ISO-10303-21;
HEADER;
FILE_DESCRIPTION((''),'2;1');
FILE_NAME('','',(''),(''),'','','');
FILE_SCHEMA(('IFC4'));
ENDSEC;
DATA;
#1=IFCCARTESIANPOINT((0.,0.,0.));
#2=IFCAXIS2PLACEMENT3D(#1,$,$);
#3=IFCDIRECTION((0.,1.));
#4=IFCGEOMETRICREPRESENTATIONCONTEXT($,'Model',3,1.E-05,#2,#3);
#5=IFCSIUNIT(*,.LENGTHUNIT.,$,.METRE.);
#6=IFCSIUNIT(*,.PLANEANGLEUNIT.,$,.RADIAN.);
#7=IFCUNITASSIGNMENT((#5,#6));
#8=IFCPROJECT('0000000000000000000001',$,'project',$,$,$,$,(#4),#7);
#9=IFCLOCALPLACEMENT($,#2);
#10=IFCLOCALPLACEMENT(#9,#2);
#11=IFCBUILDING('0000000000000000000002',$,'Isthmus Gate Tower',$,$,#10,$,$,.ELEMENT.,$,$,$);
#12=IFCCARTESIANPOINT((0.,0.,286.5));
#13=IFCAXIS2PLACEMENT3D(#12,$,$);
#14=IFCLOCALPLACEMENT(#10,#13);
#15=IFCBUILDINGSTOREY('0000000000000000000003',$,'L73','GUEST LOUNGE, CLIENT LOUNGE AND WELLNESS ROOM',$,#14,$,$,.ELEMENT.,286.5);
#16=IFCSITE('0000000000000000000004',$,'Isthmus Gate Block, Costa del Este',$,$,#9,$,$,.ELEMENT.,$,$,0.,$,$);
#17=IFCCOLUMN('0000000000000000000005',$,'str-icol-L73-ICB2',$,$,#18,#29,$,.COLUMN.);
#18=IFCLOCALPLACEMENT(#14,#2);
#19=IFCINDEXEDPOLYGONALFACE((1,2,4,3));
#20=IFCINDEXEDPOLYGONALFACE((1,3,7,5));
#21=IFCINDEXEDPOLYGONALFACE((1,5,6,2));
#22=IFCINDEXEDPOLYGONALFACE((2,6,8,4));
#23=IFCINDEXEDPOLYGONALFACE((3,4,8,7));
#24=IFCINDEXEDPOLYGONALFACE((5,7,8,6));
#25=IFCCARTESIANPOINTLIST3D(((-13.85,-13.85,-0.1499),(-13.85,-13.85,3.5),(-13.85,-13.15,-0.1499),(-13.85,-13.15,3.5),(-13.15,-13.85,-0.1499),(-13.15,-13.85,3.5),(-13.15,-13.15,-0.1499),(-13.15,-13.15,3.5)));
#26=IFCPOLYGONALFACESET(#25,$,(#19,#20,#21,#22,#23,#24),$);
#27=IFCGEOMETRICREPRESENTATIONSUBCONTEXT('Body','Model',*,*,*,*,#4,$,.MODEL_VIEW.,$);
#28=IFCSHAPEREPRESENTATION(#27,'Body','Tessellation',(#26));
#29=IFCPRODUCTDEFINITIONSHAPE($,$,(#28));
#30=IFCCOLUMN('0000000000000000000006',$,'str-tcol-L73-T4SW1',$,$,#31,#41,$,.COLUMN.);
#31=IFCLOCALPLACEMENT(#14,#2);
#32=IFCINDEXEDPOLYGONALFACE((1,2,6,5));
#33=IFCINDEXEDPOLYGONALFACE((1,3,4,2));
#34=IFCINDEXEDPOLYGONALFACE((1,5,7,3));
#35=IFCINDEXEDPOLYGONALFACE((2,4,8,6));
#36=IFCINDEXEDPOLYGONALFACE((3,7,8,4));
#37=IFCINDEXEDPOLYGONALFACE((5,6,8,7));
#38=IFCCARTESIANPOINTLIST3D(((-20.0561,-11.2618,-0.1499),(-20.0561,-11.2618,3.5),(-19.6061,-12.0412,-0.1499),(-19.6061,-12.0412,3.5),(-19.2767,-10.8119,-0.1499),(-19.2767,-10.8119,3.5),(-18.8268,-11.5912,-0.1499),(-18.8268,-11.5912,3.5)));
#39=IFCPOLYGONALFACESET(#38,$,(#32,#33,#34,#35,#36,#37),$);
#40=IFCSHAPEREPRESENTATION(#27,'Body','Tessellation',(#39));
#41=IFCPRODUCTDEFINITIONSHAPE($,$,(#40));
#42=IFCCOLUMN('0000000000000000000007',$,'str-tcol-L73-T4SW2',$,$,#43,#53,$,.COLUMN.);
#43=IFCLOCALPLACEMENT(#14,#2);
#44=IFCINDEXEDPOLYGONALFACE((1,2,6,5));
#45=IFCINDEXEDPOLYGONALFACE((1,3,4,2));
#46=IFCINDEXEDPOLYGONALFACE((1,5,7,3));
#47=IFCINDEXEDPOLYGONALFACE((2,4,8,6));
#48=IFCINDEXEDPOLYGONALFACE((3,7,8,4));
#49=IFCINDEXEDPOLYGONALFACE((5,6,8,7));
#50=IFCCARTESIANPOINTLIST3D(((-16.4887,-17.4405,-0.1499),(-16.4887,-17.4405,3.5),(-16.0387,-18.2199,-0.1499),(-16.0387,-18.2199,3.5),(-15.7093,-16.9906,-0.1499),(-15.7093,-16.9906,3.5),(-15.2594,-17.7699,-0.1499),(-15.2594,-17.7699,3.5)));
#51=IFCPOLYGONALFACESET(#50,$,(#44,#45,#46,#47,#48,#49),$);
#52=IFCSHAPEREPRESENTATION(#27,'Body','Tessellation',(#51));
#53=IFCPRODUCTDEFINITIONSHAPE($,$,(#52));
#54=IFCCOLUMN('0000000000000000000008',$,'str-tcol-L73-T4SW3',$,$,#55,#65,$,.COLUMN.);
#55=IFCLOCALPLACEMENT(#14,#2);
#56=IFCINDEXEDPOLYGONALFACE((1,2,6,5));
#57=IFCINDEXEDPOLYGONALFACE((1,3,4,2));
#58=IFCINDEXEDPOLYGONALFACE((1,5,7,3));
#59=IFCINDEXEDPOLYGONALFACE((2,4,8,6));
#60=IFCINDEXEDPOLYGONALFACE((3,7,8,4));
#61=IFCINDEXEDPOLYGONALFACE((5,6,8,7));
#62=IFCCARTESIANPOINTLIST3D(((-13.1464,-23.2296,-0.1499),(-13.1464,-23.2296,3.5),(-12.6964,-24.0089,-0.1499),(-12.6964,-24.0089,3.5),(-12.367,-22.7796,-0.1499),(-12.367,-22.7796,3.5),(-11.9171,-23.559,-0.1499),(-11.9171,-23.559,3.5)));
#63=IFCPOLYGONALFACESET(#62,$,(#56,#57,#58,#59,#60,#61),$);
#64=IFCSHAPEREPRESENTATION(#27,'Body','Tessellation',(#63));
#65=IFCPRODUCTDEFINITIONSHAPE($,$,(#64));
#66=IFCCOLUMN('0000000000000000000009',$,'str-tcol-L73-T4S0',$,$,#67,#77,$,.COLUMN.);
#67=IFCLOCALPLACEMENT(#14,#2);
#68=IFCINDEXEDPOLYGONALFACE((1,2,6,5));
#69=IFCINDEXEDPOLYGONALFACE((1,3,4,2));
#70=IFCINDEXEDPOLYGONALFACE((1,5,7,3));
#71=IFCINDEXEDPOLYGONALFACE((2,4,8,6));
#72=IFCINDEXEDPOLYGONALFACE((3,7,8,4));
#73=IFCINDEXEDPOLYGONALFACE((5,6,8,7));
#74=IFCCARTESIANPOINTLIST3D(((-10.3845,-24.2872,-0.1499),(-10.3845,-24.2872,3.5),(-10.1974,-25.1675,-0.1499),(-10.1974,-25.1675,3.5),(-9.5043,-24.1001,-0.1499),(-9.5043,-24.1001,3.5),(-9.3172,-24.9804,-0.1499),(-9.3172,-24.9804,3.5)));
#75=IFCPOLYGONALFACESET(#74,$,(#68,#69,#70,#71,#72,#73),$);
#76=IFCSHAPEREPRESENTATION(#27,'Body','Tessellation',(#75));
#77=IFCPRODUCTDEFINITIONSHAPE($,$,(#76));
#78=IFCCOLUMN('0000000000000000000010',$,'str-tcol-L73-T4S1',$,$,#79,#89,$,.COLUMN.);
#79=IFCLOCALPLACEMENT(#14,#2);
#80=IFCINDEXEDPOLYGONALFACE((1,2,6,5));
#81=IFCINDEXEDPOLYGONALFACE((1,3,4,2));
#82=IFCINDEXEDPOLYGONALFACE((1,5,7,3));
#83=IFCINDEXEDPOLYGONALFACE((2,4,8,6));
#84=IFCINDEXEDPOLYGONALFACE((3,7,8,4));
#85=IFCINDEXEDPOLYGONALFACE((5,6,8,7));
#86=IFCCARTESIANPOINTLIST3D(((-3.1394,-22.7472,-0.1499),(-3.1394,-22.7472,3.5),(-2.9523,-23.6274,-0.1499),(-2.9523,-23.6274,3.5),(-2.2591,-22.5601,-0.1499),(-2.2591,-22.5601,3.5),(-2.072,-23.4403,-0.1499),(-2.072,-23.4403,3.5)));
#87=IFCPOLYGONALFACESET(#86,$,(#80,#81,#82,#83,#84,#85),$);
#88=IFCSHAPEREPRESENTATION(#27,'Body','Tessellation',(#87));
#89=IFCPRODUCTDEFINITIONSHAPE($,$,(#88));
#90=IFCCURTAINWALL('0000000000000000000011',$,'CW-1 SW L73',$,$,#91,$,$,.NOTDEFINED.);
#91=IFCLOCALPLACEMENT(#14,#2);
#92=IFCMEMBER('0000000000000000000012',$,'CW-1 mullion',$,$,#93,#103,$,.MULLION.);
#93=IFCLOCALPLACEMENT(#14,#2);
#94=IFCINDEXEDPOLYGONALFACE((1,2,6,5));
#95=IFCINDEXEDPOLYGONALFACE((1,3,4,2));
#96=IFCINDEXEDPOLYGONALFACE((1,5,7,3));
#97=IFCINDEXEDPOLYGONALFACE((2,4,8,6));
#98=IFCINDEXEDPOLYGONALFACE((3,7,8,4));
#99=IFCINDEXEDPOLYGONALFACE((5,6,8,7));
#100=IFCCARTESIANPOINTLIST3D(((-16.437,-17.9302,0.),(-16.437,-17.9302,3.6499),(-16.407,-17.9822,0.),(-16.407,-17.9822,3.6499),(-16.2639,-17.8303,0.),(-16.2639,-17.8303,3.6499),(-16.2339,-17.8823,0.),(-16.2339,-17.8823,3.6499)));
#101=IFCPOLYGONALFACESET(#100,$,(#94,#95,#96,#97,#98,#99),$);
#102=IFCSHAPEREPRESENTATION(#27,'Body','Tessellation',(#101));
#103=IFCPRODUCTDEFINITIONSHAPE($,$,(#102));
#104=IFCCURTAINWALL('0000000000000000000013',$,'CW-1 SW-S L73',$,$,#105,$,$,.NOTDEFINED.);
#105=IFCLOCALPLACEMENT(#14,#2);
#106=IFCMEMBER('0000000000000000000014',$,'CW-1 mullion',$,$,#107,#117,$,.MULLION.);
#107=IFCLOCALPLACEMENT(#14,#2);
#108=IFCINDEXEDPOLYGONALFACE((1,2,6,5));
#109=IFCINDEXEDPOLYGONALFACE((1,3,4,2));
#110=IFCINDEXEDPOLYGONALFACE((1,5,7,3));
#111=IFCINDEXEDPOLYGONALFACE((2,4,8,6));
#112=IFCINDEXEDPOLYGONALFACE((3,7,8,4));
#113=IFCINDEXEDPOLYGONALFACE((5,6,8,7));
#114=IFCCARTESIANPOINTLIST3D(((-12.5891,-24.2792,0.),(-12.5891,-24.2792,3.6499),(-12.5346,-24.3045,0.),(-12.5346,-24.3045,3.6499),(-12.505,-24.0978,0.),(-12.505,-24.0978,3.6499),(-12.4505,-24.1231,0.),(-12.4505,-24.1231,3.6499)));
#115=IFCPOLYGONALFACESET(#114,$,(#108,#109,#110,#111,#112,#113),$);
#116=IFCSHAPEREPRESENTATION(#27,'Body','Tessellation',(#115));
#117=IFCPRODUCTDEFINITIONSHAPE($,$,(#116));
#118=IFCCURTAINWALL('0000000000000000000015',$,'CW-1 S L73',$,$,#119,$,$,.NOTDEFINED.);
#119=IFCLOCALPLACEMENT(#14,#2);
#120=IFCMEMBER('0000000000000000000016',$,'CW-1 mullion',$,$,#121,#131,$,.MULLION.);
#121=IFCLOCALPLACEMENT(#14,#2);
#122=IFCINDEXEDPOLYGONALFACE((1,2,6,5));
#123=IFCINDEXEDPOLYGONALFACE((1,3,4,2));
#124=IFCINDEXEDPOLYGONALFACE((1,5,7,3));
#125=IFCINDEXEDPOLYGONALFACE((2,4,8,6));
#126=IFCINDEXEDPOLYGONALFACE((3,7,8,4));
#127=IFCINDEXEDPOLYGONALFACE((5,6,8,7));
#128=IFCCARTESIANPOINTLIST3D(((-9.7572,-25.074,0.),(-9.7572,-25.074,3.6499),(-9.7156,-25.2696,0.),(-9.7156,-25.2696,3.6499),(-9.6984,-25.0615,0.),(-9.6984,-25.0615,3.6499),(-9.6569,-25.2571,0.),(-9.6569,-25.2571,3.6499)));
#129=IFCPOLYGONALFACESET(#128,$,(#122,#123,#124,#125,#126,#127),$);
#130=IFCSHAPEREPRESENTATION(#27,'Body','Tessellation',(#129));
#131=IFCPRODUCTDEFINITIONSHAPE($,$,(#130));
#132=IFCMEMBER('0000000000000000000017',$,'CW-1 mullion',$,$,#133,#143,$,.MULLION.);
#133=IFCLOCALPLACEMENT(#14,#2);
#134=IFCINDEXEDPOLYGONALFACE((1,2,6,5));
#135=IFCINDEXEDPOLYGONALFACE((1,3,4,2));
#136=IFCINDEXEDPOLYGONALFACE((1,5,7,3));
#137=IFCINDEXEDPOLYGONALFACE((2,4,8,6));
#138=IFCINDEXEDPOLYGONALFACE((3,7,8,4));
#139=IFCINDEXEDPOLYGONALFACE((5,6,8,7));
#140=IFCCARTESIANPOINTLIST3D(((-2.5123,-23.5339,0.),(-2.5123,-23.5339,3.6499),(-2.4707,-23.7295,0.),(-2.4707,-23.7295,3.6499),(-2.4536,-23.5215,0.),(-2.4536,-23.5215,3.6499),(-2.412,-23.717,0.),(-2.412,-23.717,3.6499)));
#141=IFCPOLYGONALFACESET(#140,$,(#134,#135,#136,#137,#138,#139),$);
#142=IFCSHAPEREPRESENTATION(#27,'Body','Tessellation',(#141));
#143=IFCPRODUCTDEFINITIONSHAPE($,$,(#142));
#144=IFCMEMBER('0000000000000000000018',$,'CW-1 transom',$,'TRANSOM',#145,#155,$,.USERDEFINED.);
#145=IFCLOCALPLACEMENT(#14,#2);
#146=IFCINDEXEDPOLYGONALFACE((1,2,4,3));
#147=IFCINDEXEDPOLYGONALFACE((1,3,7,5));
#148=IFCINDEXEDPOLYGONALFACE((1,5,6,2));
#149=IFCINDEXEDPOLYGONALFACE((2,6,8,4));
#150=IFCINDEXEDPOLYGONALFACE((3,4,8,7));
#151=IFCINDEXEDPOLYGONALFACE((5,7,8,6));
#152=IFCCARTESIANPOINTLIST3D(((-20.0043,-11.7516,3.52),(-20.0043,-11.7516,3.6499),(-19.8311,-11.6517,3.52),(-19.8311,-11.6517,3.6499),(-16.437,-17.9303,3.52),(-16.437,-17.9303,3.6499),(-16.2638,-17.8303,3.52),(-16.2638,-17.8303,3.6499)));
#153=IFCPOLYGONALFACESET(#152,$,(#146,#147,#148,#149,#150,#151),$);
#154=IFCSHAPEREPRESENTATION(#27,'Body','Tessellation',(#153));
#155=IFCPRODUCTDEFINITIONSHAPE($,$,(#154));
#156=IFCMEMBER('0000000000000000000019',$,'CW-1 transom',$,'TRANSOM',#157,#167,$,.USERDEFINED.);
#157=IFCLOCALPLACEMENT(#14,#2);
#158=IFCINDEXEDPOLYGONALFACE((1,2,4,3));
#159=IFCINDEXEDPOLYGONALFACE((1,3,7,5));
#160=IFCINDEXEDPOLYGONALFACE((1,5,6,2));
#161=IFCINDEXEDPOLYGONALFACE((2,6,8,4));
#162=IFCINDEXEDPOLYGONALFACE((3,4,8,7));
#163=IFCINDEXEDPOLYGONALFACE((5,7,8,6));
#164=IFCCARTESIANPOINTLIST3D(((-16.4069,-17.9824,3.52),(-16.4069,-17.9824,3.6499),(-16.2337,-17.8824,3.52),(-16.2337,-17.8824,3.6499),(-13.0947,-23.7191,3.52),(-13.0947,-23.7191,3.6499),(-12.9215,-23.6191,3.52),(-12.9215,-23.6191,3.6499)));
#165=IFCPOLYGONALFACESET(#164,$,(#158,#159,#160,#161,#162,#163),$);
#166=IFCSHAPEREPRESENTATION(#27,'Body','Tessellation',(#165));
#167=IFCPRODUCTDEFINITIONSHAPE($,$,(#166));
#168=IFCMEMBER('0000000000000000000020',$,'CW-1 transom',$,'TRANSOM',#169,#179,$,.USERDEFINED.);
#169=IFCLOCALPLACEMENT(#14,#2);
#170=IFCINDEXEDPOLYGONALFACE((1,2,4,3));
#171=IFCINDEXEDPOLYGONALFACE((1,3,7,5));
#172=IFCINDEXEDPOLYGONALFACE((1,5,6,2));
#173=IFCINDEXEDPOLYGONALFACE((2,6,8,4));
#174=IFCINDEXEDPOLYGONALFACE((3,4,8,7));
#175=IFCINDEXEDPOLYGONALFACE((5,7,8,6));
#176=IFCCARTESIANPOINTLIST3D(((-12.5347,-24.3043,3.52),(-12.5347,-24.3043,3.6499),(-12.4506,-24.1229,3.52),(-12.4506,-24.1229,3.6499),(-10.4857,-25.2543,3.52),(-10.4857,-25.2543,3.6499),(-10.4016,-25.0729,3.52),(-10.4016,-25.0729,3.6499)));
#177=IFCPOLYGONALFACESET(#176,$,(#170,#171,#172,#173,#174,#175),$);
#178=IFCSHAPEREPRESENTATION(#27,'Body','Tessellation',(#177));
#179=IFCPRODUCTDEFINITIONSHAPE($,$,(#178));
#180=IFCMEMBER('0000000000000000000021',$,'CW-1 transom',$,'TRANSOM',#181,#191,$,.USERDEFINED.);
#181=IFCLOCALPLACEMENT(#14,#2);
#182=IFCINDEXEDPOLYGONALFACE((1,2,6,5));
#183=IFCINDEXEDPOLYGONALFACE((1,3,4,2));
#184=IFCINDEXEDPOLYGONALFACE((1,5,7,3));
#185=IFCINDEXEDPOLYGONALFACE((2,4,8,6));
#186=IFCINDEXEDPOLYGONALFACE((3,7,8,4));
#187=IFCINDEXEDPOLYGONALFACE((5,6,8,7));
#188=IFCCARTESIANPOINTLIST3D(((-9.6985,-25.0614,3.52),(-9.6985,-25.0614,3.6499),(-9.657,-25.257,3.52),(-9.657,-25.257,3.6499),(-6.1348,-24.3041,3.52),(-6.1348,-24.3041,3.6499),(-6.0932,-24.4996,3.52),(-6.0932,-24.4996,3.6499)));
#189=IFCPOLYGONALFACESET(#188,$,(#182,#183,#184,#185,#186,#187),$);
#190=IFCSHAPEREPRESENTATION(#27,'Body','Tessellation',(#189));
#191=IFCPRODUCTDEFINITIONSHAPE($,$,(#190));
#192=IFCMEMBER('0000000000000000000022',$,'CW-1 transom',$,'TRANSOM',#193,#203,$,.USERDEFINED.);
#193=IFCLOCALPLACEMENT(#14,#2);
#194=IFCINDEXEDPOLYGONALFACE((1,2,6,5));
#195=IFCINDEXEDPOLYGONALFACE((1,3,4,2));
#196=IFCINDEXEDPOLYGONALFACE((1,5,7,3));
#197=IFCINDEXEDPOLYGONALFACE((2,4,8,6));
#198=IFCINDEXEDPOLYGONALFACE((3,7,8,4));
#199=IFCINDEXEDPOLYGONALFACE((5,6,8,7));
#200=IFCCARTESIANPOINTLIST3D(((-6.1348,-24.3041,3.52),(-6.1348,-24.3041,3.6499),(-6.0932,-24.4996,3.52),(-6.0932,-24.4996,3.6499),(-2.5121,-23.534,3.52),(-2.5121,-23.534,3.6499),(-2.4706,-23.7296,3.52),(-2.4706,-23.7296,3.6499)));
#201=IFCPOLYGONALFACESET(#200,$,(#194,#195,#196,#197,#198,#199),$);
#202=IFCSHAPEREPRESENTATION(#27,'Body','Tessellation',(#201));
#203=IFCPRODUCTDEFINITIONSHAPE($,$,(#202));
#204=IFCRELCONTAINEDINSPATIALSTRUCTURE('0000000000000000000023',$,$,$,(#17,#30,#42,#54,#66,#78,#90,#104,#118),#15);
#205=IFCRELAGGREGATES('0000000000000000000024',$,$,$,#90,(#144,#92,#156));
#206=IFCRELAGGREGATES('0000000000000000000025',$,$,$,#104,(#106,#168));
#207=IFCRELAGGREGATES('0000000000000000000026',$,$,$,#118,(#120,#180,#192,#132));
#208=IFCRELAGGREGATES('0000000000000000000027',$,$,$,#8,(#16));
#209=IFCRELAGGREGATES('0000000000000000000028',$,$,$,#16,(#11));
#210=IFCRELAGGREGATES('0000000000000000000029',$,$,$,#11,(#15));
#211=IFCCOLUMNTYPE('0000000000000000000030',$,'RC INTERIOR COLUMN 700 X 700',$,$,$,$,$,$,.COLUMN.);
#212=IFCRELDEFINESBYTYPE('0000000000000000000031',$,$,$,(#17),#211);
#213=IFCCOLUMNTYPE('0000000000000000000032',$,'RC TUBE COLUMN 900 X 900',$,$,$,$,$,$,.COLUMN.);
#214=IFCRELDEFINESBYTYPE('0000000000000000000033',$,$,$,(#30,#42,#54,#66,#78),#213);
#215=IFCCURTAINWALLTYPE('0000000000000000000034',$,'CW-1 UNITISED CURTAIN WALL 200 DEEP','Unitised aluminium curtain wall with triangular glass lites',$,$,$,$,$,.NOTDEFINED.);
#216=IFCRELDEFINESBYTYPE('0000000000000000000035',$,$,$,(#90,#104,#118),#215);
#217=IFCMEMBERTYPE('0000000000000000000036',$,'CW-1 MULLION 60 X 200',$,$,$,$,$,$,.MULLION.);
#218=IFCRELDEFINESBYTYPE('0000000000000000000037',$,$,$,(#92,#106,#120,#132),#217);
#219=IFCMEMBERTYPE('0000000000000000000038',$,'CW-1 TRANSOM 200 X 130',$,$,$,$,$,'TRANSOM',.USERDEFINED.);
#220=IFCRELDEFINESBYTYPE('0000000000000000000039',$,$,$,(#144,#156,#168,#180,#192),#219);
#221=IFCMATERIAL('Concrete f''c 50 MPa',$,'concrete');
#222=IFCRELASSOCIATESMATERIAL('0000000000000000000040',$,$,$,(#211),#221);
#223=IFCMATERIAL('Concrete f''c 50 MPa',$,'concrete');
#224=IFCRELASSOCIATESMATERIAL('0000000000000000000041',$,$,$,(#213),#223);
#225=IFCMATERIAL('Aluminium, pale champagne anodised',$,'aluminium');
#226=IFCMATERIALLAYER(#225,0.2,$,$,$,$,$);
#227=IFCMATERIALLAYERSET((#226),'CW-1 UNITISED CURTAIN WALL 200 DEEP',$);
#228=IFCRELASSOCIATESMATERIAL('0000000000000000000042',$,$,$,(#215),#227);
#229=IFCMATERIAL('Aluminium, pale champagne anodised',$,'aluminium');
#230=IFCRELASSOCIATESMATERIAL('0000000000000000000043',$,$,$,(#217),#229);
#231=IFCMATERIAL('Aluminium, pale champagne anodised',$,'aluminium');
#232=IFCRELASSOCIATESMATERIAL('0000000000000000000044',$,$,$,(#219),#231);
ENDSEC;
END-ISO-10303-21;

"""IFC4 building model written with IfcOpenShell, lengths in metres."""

from ifc_helpers import new_model, si_unit, direction, frame, origin, origin_2d, place, context, subcontext, project, spatial, rectangle, extrude, material, layer, layer_set, material_profile, profile_set, type_object, element, aggregate, save


model = new_model("IFC4")

# Units and contexts
model_context = context("Model", 3, precision=1e-05, world=origin(), true_north=direction((0.0, 1.0)))
body_context = subcontext(model_context, "Body", "Model", "MODEL_VIEW")
ifc_project = project(units=[si_unit("LENGTHUNIT", "METRE"), si_unit("PLANEANGLEUNIT", "RADIAN")], contexts=[model_context])

# Site, building, storey
site_placement = place(None, origin())
site = spatial("IfcSite", under=ifc_project, at=site_placement, Name="Isthmus Gate Block, Costa del Este", CompositionType="ELEMENT", RefElevation=0.0)
building_placement = place(site_placement, origin())
building = spatial("IfcBuilding", under=site, at=building_placement, Name="Isthmus Gate Tower", CompositionType="ELEMENT")
storey_placement = place(building_placement, frame((0.0, 0.0, 286.5)))
storey = spatial("IfcBuildingStorey", under=building, at=storey_placement, Name="L73", Description="GUEST LOUNGE, CLIENT LOUNGE AND WELLNESS ROOM", CompositionType="ELEMENT", Elevation=286.5)

# Columns
ifc_material_1 = material(Name="Concrete f'c 50 MPa", Category="concrete")
ifc_material_profile_1 = material_profile(ifc_material_1, rectangle(XDim=0.7, YDim=0.7, at=origin_2d()), Name="RC 700X700")
ifc_profile_set_1 = profile_set([ifc_material_profile_1], Name="Concrete f'c 50 MPa")
column_type_1 = type_object("IfcColumnType", Name="RC INTERIOR COLUMN 700 X 700", PredefinedType="COLUMN", material=ifc_profile_set_1)
column_placement = place(storey_placement, frame((-13.5, -13.5, -0.1499), z_axis=(0.0, 0.0, 1.0), x_axis=(1.0, 0.0, 0.0)))
element("IfcColumn", 1, at=column_placement, inside=storey, type_object=column_type_1, Name="str-icol-L73-ICB2", PredefinedType="COLUMN", context=body_context, shape_type="SweptSolid", body=[
    extrude(rectangle(XDim=0.7, YDim=0.7, at=origin_2d()), origin(), (0.0, 0.0, 1.0), 3.6499),
])
ifc_material_2 = material(Name="Concrete f'c 50 MPa", Category="concrete")
ifc_material_profile_2 = material_profile(ifc_material_2, rectangle(XDim=0.8999, YDim=0.8999, at=origin_2d()), Name="RC 900X900")
ifc_profile_set_2 = profile_set([ifc_material_profile_2], Name="Concrete f'c 50 MPa")
column_type_2 = type_object("IfcColumnType", Name="RC TUBE COLUMN 900 X 900", PredefinedType="COLUMN", material=ifc_profile_set_2)
for number, where, z_axis, x_axis, name in (
    (2, (-19.4414, -11.4265, -0.1499), (0.0, 0.0, 1.0), (0.5, -0.866025, 0.0), "str-tcol-L73-T4SW1"),
    (3, (-15.874, -17.6052, -0.1499), (0.0, 0.0, 1.0), (0.5, -0.866025, 0.0), "str-tcol-L73-T4SW2"),
    (4, (-12.5317, -23.3943, -0.1499), (0.0, 0.0, 1.0), (0.5, -0.866025, 0.0), "str-tcol-L73-T4SW3"),
    (5, (-9.8508, -24.6338, -0.1499), (0.0, 0.0, 1.0), (0.978148, 0.207912, 0.0), "str-tcol-L73-T4S0"),
    (6, (-2.6057, -23.0938, -0.1499), (0.0, 0.0, 1.0), (0.978148, 0.207912, 0.0), "str-tcol-L73-T4S1"),
):
    element("IfcColumn", number, at=place(storey_placement, frame(where, z_axis=z_axis, x_axis=x_axis)), inside=storey, type_object=column_type_2, Name=name, PredefinedType="COLUMN", context=body_context, shape_type="SweptSolid", body=[
        extrude(rectangle(XDim=0.8999, YDim=0.8999, at=origin_2d()), origin(), (0.0, 0.0, 1.0), 3.6499),
    ])

# Curtain walls, members
ifc_material_3 = material(Name="Aluminium, pale champagne anodised", Category="aluminium")
ifc_layer_1 = layer(ifc_material_3, 0.2)
ifc_layer_set_1 = layer_set([ifc_layer_1], Name="CW-1 UNITISED CURTAIN WALL 200 DEEP")
curtain_wall_type = type_object("IfcCurtainWallType", Name="CW-1 UNITISED CURTAIN WALL 200 DEEP", Description="Unitised aluminium curtain wall with triangular glass lites", PredefinedType="NOTDEFINED", material=ifc_layer_set_1)
curtain_wall_1_placement = place(storey_placement, origin())
curtain_wall_1 = element("IfcCurtainWall", 7, at=curtain_wall_1_placement, inside=storey, type_object=curtain_wall_type, Name="CW-1 SW L73", PredefinedType="NOTDEFINED")
ifc_material_4 = material(Name="Aluminium, pale champagne anodised", Category="aluminium")
ifc_material_profile_3 = material_profile(ifc_material_4, rectangle(XDim=0.0601, YDim=0.2, at=origin_2d()), Name="60x200")
ifc_profile_set_3 = profile_set([ifc_material_profile_3], Name="Aluminium, pale champagne anodised")
member_type_1 = type_object("IfcMemberType", Name="CW-1 MULLION 60 X 200", PredefinedType="MULLION", material=ifc_profile_set_3)
member_1_placement = place(storey_placement, frame((-16.3354, -17.9062, 0.0), z_axis=(0.0, 0.0, 1.0), x_axis=(0.5, -0.866025, 0.0)))
member_1 = element("IfcMember", 8, at=member_1_placement, type_object=member_type_1, Name="CW-1 mullion", PredefinedType="MULLION", context=body_context, shape_type="SweptSolid", body=[
    extrude(rectangle(XDim=0.0601, YDim=0.2, at=origin_2d()), origin(), (0.0, 0.0, 1.0), 3.6499),
])
curtain_wall_2_placement = place(storey_placement, origin())
curtain_wall_2 = element("IfcCurtainWall", 9, at=curtain_wall_2_placement, inside=storey, type_object=curtain_wall_type, Name="CW-1 SW-S L73", PredefinedType="NOTDEFINED")
member_2_placement = place(storey_placement, frame((-12.5198, -24.2012, 0.0), z_axis=(0.0, 0.0, 1.0), x_axis=(0.907256, -0.420578, 0.0)))
member_2 = element("IfcMember", 10, at=member_2_placement, type_object=member_type_1, Name="CW-1 mullion", PredefinedType="MULLION", context=body_context, shape_type="SweptSolid", body=[
    extrude(rectangle(XDim=0.0601, YDim=0.2, at=origin_2d()), origin(), (0.0, 0.0, 1.0), 3.6499),
])

# Curtain wall, members
curtain_wall_3_placement = place(storey_placement, origin())
curtain_wall_3 = element("IfcCurtainWall", 11, at=curtain_wall_3_placement, inside=storey, type_object=curtain_wall_type, Name="CW-1 S L73", PredefinedType="NOTDEFINED")
member_3_placement = place(storey_placement, frame((-9.707, -25.1655, 0.0), z_axis=(0.0, 0.0, 1.0), x_axis=(0.978148, 0.207912, 0.0)))
member_3 = element("IfcMember", 12, at=member_3_placement, type_object=member_type_1, Name="CW-1 mullion", PredefinedType="MULLION", context=body_context, shape_type="SweptSolid", body=[
    extrude(rectangle(XDim=0.0601, YDim=0.2, at=origin_2d()), origin(), (0.0, 0.0, 1.0), 3.6499),
])
member_4_placement = place(storey_placement, frame((-2.4622, -23.6255, 0.0), z_axis=(0.0, 0.0, 1.0), x_axis=(0.978148, 0.207912, 0.0)))
member_4 = element("IfcMember", 13, at=member_4_placement, type_object=member_type_1, Name="CW-1 mullion", PredefinedType="MULLION", context=body_context, shape_type="SweptSolid", body=[
    extrude(rectangle(XDim=0.0601, YDim=0.2, at=origin_2d()), origin(), (0.0, 0.0, 1.0), 3.6499),
])

# Members
ifc_material_5 = material(Name="Aluminium, pale champagne anodised", Category="aluminium")
ifc_material_profile_4 = material_profile(ifc_material_5, rectangle(XDim=0.2, YDim=0.1299, at=origin_2d()), Name="200x130")
ifc_profile_set_4 = profile_set([ifc_material_profile_4], Name="Aluminium, pale champagne anodised")
member_type_2 = type_object("IfcMemberType", Name="CW-1 TRANSOM 200 X 130", ElementType="TRANSOM", PredefinedType="USERDEFINED", material=ifc_profile_set_4)
member_5_placement = place(storey_placement, frame((-19.9177, -11.7017, 3.585), z_axis=(0.500011, -0.866019, 0.0), x_axis=(0.866019, 0.500011, 0.0)))
member_5 = element("IfcMember", 14, at=member_5_placement, type_object=member_type_2, Name="CW-1 transom", ObjectType="TRANSOM", PredefinedType="USERDEFINED", context=body_context, shape_type="SweptSolid", body=[
    extrude(rectangle(XDim=0.2, YDim=0.1299, at=origin_2d()), origin(), (0.0, 0.0, 1.0), 7.1345),
])
member_6_placement = place(storey_placement, frame((-16.3203, -17.9324, 3.585), z_axis=(0.500012, -0.866019, 0.0), x_axis=(0.866019, 0.500012, 0.0)))
member_6 = element("IfcMember", 15, at=member_6_placement, type_object=member_type_2, Name="CW-1 transom", ObjectType="TRANSOM", PredefinedType="USERDEFINED", context=body_context, shape_type="SweptSolid", body=[
    extrude(rectangle(XDim=0.2, YDim=0.1299, at=origin_2d()), origin(), (0.0, 0.0, 1.0), 6.6243),
])
member_7_placement = place(storey_placement, frame((-12.4927, -24.2136, 3.585), z_axis=(0.907246, -0.4206, 0.0), x_axis=(0.4206, 0.907246, 0.0)))
member_7 = element("IfcMember", 16, at=member_7_placement, type_object=member_type_2, Name="CW-1 transom", ObjectType="TRANSOM", PredefinedType="USERDEFINED", context=body_context, shape_type="SweptSolid", body=[
    extrude(rectangle(XDim=0.2, YDim=0.1299, at=origin_2d()), origin(), (0.0, 0.0, 1.0), 2.2585),
])
member_8_placement = place(storey_placement, frame((-9.6777, -25.1592, 3.585), z_axis=(0.978157, 0.207868, 0.0), x_axis=(-0.207868, 0.978157, 0.0)))
member_8 = element("IfcMember", 17, at=member_8_placement, type_object=member_type_2, Name="CW-1 transom", ObjectType="TRANSOM", PredefinedType="USERDEFINED", context=body_context, shape_type="SweptSolid", body=[
    extrude(rectangle(XDim=0.2, YDim=0.1299, at=origin_2d()), origin(), (0.0, 0.0, 1.0), 3.6433),
])
member_9_placement = place(storey_placement, frame((-6.114, -24.4019, 3.585), z_axis=(0.978146, 0.207917, 0.0), x_axis=(-0.207917, 0.978146, 0.0)))
member_9 = element("IfcMember", 18, at=member_9_placement, type_object=member_type_2, Name="CW-1 transom", ObjectType="TRANSOM", PredefinedType="USERDEFINED", context=body_context, shape_type="SweptSolid", body=[
    extrude(rectangle(XDim=0.2, YDim=0.1299, at=origin_2d()), origin(), (0.0, 0.0, 1.0), 3.7036),
])

aggregate(curtain_wall_1, [member_5, member_1, member_6])
aggregate(curtain_wall_2, [member_2, member_7])

aggregate(curtain_wall_3, [member_3, member_8, member_9, member_4])

save(model, "model.ifc")
